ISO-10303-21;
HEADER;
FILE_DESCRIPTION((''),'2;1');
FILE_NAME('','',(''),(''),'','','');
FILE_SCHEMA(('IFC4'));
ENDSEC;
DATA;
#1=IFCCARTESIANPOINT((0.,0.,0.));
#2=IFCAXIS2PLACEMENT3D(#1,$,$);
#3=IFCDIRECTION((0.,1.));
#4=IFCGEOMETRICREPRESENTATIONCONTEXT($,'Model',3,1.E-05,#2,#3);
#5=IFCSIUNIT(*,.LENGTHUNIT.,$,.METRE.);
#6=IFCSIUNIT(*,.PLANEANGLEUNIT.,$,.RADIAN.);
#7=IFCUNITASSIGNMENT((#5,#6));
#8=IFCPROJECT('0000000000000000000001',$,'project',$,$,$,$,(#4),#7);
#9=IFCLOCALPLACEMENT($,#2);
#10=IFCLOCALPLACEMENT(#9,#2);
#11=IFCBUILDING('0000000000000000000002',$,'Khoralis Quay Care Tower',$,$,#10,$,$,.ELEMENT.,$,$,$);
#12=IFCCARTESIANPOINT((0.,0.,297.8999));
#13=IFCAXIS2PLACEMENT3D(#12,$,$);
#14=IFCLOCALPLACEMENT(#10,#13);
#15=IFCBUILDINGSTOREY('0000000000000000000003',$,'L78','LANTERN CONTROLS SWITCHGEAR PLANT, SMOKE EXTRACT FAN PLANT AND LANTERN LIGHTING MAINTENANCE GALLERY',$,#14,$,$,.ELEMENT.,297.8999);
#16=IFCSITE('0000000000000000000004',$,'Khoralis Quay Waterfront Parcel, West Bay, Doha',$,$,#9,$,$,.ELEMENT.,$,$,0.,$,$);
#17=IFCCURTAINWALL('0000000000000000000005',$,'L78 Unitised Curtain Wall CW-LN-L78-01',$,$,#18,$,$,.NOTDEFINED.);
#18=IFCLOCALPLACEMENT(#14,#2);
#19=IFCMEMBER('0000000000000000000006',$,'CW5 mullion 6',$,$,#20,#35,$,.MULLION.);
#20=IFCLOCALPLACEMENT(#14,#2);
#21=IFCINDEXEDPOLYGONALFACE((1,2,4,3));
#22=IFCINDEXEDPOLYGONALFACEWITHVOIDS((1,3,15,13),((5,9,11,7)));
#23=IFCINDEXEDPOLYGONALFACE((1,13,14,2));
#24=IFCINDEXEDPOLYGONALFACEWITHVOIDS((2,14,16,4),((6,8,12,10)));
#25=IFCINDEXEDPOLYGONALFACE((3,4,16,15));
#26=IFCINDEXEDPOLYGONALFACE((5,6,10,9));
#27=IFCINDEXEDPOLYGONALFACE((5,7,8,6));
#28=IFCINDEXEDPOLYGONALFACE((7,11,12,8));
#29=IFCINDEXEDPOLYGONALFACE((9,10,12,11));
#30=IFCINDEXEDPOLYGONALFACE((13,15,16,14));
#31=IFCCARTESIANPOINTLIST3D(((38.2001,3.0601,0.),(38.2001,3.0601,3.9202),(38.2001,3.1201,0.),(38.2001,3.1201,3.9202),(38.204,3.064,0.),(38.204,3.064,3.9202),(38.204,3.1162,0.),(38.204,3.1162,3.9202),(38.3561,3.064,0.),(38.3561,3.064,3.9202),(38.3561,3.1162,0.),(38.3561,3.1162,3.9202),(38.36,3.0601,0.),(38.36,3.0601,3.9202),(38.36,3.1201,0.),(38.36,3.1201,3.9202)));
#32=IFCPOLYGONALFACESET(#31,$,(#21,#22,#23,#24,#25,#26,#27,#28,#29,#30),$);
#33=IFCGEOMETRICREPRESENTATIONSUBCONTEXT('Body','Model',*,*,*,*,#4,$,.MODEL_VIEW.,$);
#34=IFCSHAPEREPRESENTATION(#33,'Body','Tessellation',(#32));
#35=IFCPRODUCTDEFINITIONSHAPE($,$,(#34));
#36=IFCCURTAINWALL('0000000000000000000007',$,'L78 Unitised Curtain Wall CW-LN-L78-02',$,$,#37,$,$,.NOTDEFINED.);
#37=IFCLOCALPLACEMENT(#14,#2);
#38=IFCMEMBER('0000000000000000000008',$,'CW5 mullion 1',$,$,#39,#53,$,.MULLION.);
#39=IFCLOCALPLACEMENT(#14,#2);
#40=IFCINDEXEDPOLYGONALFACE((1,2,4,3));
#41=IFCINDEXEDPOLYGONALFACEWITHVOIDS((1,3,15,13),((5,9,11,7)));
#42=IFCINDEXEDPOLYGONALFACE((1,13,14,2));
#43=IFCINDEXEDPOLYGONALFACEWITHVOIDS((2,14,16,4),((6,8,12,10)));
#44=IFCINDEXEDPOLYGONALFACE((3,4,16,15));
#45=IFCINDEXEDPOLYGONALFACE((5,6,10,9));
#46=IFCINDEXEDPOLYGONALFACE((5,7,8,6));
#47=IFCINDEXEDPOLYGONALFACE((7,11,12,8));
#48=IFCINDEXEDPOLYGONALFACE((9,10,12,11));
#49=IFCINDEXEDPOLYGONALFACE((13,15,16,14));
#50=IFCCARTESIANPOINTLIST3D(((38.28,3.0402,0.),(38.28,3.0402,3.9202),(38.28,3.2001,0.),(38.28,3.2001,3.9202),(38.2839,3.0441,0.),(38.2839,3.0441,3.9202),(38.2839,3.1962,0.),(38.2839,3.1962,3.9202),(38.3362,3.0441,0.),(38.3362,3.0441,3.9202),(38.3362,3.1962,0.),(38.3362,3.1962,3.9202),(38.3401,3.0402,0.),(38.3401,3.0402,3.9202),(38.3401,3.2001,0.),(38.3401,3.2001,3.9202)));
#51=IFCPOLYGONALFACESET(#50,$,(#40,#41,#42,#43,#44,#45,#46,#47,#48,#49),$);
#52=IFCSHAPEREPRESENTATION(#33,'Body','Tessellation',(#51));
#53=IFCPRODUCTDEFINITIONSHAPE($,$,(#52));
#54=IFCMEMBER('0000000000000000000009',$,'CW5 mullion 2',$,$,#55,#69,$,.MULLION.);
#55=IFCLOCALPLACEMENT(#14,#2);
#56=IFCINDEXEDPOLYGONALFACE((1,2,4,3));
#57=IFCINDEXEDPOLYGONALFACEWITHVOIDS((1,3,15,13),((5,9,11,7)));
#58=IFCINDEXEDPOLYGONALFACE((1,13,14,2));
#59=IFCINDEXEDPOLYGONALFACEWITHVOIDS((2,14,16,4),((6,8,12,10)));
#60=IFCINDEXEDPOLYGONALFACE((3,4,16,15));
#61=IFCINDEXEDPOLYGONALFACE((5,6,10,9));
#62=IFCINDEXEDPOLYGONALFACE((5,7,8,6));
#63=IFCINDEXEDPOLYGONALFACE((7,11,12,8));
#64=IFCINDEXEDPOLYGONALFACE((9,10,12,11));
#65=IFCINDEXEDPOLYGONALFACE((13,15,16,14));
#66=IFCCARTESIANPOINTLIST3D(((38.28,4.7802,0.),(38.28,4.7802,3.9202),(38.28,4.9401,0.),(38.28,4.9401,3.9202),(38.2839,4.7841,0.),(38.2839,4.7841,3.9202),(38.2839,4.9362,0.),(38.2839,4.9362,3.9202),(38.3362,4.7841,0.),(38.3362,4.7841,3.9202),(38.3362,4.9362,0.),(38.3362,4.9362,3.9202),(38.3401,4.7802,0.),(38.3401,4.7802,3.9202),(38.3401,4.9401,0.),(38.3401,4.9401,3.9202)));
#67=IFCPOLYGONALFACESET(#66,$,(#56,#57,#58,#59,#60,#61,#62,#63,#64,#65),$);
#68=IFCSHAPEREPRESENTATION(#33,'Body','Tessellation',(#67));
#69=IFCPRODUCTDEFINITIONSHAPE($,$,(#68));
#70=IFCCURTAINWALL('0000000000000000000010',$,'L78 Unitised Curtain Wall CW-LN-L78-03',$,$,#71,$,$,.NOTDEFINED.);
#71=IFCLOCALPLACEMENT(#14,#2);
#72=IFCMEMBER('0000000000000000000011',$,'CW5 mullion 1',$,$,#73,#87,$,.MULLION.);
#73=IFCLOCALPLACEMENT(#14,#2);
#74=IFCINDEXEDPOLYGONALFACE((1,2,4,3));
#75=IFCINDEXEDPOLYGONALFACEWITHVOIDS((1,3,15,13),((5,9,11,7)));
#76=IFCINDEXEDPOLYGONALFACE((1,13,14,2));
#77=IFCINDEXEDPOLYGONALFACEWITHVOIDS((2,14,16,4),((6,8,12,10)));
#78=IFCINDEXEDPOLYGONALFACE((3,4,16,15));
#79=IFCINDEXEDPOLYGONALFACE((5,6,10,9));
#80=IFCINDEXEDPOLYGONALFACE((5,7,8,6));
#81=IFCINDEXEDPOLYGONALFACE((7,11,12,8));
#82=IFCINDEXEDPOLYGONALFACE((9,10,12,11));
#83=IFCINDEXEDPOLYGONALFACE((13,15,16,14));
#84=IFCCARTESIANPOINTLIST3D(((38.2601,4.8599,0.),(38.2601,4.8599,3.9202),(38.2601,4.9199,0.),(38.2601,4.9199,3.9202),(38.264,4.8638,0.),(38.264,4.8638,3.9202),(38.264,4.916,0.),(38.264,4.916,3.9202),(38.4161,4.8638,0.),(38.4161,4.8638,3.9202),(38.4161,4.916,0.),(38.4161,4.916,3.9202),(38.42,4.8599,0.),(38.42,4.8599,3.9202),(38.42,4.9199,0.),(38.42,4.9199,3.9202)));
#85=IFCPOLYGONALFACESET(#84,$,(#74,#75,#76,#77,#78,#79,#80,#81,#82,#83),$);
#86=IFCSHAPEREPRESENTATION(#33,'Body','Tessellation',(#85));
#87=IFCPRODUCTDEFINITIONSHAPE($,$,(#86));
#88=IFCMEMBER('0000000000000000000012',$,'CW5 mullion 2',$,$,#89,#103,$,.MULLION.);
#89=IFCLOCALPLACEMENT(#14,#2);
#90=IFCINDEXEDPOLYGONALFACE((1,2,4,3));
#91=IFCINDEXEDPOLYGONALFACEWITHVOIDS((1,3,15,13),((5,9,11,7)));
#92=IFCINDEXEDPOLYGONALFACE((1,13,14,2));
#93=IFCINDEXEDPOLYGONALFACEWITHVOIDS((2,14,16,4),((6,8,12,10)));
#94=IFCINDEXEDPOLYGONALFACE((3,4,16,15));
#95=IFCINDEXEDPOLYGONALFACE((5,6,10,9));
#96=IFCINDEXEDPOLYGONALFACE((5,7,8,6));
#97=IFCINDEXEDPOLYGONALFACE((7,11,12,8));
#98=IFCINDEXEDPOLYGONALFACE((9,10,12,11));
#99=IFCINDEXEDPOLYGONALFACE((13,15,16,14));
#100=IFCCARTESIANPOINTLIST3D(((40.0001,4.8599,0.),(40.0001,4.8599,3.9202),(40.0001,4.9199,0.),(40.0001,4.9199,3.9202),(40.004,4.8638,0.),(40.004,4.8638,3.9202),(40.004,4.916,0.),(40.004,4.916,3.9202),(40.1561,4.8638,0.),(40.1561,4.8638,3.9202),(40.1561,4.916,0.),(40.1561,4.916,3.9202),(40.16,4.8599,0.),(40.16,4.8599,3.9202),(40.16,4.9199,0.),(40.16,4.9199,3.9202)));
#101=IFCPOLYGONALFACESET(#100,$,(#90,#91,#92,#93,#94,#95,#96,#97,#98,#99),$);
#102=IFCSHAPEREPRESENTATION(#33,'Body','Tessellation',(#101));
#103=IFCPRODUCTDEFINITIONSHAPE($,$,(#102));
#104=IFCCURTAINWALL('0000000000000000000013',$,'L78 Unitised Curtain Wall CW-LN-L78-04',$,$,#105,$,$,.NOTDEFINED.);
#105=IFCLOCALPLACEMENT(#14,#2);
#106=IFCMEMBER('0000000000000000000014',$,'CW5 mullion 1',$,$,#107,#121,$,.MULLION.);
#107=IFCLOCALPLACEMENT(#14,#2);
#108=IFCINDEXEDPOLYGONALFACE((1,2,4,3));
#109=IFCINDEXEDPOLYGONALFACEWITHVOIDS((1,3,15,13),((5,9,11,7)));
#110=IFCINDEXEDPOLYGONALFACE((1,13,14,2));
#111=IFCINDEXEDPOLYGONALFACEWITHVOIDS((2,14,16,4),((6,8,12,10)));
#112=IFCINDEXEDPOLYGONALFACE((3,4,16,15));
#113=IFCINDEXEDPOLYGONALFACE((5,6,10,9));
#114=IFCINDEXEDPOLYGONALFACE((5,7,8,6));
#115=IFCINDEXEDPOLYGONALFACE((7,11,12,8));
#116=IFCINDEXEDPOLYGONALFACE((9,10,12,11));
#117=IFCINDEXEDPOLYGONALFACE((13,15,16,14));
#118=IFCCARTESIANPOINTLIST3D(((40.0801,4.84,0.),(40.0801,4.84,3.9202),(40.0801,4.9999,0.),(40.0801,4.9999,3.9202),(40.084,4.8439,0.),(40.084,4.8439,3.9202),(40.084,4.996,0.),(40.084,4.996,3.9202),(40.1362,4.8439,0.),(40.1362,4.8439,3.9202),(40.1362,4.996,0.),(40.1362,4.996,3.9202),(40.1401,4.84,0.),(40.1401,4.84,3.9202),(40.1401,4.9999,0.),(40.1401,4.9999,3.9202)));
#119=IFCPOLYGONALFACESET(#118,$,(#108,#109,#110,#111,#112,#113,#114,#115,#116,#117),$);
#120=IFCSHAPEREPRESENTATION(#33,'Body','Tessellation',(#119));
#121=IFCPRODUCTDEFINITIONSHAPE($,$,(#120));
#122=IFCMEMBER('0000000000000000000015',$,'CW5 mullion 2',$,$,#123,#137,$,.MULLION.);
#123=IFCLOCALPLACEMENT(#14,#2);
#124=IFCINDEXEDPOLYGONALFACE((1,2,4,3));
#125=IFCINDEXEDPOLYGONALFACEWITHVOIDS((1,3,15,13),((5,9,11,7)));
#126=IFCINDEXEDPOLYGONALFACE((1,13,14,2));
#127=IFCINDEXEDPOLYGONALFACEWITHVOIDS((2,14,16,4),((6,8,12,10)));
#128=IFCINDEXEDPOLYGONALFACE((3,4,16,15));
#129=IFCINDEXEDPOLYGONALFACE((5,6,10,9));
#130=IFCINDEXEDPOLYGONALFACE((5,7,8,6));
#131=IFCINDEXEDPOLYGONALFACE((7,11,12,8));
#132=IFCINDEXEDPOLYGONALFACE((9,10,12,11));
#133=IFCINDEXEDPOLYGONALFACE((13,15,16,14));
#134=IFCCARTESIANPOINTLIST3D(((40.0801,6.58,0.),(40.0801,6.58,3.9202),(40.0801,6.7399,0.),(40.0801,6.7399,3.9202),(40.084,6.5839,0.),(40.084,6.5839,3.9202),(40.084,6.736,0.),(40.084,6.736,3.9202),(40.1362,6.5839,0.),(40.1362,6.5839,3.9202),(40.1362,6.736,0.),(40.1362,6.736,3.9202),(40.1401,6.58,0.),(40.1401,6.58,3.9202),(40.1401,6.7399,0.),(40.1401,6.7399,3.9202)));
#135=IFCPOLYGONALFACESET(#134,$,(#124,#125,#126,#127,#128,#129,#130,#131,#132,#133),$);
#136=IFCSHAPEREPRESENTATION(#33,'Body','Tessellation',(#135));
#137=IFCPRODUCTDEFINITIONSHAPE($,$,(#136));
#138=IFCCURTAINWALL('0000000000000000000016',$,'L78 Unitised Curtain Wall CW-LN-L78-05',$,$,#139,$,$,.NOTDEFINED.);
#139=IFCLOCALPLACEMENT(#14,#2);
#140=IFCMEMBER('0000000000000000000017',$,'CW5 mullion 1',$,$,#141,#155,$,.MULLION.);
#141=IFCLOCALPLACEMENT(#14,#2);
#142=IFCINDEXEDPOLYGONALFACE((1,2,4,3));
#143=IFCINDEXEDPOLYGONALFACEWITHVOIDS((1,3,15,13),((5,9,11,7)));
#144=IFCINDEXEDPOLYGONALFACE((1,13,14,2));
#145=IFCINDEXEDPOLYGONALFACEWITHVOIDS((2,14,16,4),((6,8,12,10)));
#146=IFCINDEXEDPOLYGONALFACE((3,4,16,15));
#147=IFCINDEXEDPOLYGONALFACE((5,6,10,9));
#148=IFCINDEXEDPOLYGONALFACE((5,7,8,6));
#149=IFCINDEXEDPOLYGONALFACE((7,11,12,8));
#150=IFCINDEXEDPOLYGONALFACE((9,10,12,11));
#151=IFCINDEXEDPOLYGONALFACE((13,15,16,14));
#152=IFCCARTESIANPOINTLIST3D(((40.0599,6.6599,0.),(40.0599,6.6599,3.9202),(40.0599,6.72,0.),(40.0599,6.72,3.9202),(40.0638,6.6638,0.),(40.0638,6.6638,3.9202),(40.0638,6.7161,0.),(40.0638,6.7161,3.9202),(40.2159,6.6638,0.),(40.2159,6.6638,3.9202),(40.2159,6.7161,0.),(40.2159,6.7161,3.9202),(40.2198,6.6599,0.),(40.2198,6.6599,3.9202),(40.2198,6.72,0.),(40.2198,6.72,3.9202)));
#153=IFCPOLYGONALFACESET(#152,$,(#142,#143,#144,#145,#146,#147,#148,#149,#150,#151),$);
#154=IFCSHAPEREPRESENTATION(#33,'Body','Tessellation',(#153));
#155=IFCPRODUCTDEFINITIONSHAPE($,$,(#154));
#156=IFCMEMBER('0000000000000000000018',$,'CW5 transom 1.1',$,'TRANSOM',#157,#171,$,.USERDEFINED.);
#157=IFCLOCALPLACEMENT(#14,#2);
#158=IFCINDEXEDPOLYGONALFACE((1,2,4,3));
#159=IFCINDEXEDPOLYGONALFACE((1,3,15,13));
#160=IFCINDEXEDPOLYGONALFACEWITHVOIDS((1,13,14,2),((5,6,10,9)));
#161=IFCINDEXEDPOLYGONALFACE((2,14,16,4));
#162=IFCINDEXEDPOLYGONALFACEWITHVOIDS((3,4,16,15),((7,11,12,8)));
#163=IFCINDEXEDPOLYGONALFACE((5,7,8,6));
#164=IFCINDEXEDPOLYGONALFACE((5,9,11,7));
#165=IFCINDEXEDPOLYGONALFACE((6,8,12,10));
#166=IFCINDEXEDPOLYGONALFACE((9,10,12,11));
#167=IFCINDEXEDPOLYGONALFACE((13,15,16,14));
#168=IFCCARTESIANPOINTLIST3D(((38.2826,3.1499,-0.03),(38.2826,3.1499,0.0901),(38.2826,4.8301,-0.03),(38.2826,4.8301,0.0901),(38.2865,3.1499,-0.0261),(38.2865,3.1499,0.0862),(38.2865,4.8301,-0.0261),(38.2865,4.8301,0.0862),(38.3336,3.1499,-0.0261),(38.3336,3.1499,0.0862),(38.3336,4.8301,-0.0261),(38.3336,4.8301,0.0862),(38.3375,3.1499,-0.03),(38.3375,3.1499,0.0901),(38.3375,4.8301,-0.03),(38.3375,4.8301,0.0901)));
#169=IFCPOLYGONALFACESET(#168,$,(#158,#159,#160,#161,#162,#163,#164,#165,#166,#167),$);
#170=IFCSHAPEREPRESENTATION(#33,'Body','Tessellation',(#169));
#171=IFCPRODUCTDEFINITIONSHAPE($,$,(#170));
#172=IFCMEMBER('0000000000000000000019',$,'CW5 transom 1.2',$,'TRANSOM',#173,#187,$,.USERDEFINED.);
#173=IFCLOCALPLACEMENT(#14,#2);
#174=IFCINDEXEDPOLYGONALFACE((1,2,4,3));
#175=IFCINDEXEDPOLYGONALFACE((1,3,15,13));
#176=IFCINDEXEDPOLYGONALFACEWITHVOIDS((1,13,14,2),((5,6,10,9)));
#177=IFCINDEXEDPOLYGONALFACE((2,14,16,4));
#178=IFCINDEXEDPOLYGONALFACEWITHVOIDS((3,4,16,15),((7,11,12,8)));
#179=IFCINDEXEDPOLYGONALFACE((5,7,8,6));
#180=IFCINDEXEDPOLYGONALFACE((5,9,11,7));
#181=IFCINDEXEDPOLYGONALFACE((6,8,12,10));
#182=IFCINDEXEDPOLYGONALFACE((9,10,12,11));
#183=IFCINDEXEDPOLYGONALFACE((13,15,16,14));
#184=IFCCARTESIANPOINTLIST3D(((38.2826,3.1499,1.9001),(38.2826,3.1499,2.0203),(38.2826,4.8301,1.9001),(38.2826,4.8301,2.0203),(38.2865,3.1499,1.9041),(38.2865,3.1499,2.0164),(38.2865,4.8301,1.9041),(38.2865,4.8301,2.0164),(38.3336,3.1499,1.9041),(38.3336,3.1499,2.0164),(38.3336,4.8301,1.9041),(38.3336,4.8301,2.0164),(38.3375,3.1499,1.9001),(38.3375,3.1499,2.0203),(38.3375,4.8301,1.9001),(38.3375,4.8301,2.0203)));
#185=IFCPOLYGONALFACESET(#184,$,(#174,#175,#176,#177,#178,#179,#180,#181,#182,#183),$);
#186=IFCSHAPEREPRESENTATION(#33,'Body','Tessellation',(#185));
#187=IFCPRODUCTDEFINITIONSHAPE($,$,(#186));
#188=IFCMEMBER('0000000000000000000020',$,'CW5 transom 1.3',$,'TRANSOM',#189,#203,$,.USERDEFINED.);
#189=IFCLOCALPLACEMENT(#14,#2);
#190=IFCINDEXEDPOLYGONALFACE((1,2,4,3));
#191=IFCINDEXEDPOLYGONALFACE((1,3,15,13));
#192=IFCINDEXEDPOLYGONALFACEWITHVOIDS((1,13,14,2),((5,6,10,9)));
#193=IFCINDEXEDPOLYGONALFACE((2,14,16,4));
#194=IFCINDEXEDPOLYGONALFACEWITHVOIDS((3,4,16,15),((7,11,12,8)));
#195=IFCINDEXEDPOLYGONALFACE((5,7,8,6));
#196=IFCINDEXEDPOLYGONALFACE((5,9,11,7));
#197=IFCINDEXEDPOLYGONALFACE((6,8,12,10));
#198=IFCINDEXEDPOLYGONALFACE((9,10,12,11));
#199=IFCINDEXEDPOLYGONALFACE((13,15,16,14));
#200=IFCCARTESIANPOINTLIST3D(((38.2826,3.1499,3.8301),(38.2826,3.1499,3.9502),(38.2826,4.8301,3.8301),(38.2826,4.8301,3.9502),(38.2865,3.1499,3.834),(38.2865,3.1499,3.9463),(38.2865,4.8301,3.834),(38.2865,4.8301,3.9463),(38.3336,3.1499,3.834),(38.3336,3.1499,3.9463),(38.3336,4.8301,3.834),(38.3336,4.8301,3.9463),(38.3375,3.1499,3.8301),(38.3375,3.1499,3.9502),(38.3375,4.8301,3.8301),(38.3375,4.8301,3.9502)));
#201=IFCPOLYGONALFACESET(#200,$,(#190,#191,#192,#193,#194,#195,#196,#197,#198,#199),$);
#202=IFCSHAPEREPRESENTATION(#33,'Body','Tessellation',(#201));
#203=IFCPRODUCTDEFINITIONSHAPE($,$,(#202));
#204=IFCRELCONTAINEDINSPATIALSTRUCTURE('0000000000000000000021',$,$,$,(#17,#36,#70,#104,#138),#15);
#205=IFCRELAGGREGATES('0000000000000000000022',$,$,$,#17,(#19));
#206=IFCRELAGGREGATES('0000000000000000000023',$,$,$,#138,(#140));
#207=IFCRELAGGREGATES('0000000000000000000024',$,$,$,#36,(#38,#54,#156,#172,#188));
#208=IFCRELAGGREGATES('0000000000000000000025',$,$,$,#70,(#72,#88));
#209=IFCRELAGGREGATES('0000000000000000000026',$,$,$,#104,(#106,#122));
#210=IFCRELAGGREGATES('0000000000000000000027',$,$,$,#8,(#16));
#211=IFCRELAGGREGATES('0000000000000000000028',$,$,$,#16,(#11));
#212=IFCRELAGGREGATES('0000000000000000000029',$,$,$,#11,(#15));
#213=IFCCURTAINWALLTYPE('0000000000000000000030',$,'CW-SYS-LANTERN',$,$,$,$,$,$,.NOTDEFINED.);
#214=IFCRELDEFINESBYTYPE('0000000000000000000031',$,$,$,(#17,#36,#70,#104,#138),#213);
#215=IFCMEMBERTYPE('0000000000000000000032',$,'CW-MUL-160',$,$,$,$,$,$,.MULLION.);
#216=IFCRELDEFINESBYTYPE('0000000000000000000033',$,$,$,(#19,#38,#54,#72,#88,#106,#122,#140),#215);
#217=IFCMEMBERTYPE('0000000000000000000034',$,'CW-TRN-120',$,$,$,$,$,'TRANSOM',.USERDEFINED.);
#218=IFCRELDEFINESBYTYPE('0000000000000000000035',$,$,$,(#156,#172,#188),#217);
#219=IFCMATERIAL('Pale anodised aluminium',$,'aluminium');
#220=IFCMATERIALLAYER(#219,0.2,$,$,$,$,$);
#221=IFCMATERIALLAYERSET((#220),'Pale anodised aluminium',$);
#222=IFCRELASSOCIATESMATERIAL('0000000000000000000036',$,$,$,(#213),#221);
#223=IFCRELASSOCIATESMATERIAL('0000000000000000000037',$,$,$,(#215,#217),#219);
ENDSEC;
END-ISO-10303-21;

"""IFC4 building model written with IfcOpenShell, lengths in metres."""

from ifc_helpers import new_model, si_unit, direction, frame, origin, origin_2d, place, context, subcontext, project, spatial, hollow_rectangle, extrude, source, transform, mapped, material, layer, layer_set, material_profile, profile_set, type_object, element, aggregate, save


model = new_model("IFC4")

# Units and contexts
model_context = context("Model", 3, precision=1e-05, world=origin(), true_north=direction((0.0, 1.0)))
body_context = subcontext(model_context, "Body", "Model", "MODEL_VIEW")
ifc_project = project(units=[si_unit("LENGTHUNIT", "METRE"), si_unit("PLANEANGLEUNIT", "RADIAN")], contexts=[model_context])

# Site, building, storey
site_placement = place(None, origin())
site = spatial("IfcSite", under=ifc_project, at=site_placement, Name="Khoralis Quay Waterfront Parcel, West Bay, Doha", CompositionType="ELEMENT", RefElevation=0.0)
building_placement = place(site_placement, origin())
building = spatial("IfcBuilding", under=site, at=building_placement, Name="Khoralis Quay Care Tower", CompositionType="ELEMENT")
storey_placement = place(building_placement, frame((0.0, 0.0, 297.8999)))
storey = spatial("IfcBuildingStorey", under=building, at=storey_placement, Name="L78", Description="LANTERN CONTROLS SWITCHGEAR PLANT, SMOKE EXTRACT FAN PLANT AND LANTERN LIGHTING MAINTENANCE GALLERY", CompositionType="ELEMENT", Elevation=297.8999)

# Curtain wall, member
ifc_material_1 = material(Name="Pale anodised aluminium", Category="aluminium")
ifc_layer_1 = layer(ifc_material_1, 0.2)
ifc_layer_set_1 = layer_set([ifc_layer_1], Name="Pale anodised aluminium")
curtain_wall_type = type_object("IfcCurtainWallType", Name="CW-SYS-LANTERN", PredefinedType="NOTDEFINED", material=ifc_layer_set_1)
curtain_wall_1_placement = place(storey_placement, origin())
curtain_wall_1 = element("IfcCurtainWall", 1, at=curtain_wall_1_placement, inside=storey, type_object=curtain_wall_type, Name="L78 Unitised Curtain Wall CW-LN-L78-01", PredefinedType="NOTDEFINED")
ifc_material_profile_1 = material_profile(ifc_material_1, hollow_rectangle(XDim=0.0601, YDim=0.1599, WallThickness=0.0039, at=origin_2d()), Name="Pale anodised aluminium")
ifc_profile_set_1 = profile_set([ifc_material_profile_1], Name="Pale anodised aluminium")
member_type_1 = type_object("IfcMemberType", Name="CW-MUL-160", PredefinedType="MULLION", material=ifc_profile_set_1)
shared_shape_1 = source(origin(), body_context, "Body", "SweptSolid", [
    extrude(hollow_rectangle(XDim=0.0601, YDim=0.1599, WallThickness=0.0039, at=origin_2d()), origin(), (0.0, 0.0, 1.0), 3.9202),
])
member_1_placement = place(storey_placement, frame((38.28, 3.0901, 0.0), z_axis=(0.0, 0.0, 1.0), x_axis=(0.0, 1.0, 0.0)))
member_1 = element("IfcMember", 2, at=member_1_placement, type_object=member_type_1, Name="CW5 mullion 6", PredefinedType="MULLION", context=body_context, shape_type="MappedRepresentation", body=[
    mapped(shared_shape_1, transform((0.0, 0.0, 0.0), scale=1.0)),
])
aggregate(curtain_wall_1, [member_1])

# Curtain walls, members
curtain_wall_2_placement = place(storey_placement, origin())
curtain_wall_2 = element("IfcCurtainWall", 3, at=curtain_wall_2_placement, inside=storey, type_object=curtain_wall_type, Name="L78 Unitised Curtain Wall CW-LN-L78-02", PredefinedType="NOTDEFINED")
member_2_placement = place(storey_placement, frame((38.3101, 3.1201, 0.0), z_axis=(0.0, 0.0, 1.0), x_axis=(-1.0, 0.0, 0.0)))
member_2 = element("IfcMember", 4, at=member_2_placement, type_object=member_type_1, Name="CW5 mullion 1", PredefinedType="MULLION", context=body_context, shape_type="MappedRepresentation", body=[
    mapped(shared_shape_1, transform((0.0, 0.0, 0.0), scale=1.0)),
])
member_3_placement = place(storey_placement, frame((38.3101, 4.8601, 0.0), z_axis=(0.0, 0.0, 1.0), x_axis=(-1.0, 0.0, 0.0)))
member_3 = element("IfcMember", 5, at=member_3_placement, type_object=member_type_1, Name="CW5 mullion 2", PredefinedType="MULLION", context=body_context, shape_type="MappedRepresentation", body=[
    mapped(shared_shape_1, transform((0.0, 0.0, 0.0), scale=1.0)),
])
curtain_wall_3_placement = place(storey_placement, origin())
curtain_wall_3 = element("IfcCurtainWall", 6, at=curtain_wall_3_placement, inside=storey, type_object=curtain_wall_type, Name="L78 Unitised Curtain Wall CW-LN-L78-03", PredefinedType="NOTDEFINED")
member_4_placement = place(storey_placement, frame((38.3401, 4.8899, 0.0), z_axis=(0.0, 0.0, 1.0), x_axis=(0.0, 1.0, 0.0)))
member_4 = element("IfcMember", 7, at=member_4_placement, type_object=member_type_1, Name="CW5 mullion 1", PredefinedType="MULLION", context=body_context, shape_type="MappedRepresentation", body=[
    mapped(shared_shape_1, transform((0.0, 0.0, 0.0), scale=1.0)),
])
member_5_placement = place(storey_placement, frame((40.0801, 4.8899, 0.0), z_axis=(0.0, 0.0, 1.0), x_axis=(0.0, 1.0, 0.0)))
member_5 = element("IfcMember", 8, at=member_5_placement, type_object=member_type_1, Name="CW5 mullion 2", PredefinedType="MULLION", context=body_context, shape_type="MappedRepresentation", body=[
    mapped(shared_shape_1, transform((0.0, 0.0, 0.0), scale=1.0)),
])
curtain_wall_4_placement = place(storey_placement, origin())
curtain_wall_4 = element("IfcCurtainWall", 9, at=curtain_wall_4_placement, inside=storey, type_object=curtain_wall_type, Name="L78 Unitised Curtain Wall CW-LN-L78-04", PredefinedType="NOTDEFINED")
member_6_placement = place(storey_placement, frame((40.1101, 4.9199, 0.0), z_axis=(0.0, 0.0, 1.0), x_axis=(-1.0, 0.0, 0.0)))
member_6 = element("IfcMember", 10, at=member_6_placement, type_object=member_type_1, Name="CW5 mullion 1", PredefinedType="MULLION", context=body_context, shape_type="MappedRepresentation", body=[
    mapped(shared_shape_1, transform((0.0, 0.0, 0.0), scale=1.0)),
])
member_7_placement = place(storey_placement, frame((40.1101, 6.6599, 0.0), z_axis=(0.0, 0.0, 1.0), x_axis=(-1.0, 0.0, 0.0)))
member_7 = element("IfcMember", 11, at=member_7_placement, type_object=member_type_1, Name="CW5 mullion 2", PredefinedType="MULLION", context=body_context, shape_type="MappedRepresentation", body=[
    mapped(shared_shape_1, transform((0.0, 0.0, 0.0), scale=1.0)),
])

# Curtain wall, member
curtain_wall_5_placement = place(storey_placement, origin())
curtain_wall_5 = element("IfcCurtainWall", 12, at=curtain_wall_5_placement, inside=storey, type_object=curtain_wall_type, Name="L78 Unitised Curtain Wall CW-LN-L78-05", PredefinedType="NOTDEFINED")
member_8_placement = place(storey_placement, frame((40.1399, 6.6899, 0.0), z_axis=(0.0, 0.0, 1.0), x_axis=(0.0, 1.0, 0.0)))
member_8 = element("IfcMember", 13, at=member_8_placement, type_object=member_type_1, Name="CW5 mullion 1", PredefinedType="MULLION", context=body_context, shape_type="MappedRepresentation", body=[
    mapped(shared_shape_1, transform((0.0, 0.0, 0.0), scale=1.0)),
])

# Members
ifc_material_profile_2 = material_profile(ifc_material_1, hollow_rectangle(XDim=0.0549, YDim=0.1201, WallThickness=0.0039, at=origin_2d()), Name="Pale anodised aluminium")
ifc_profile_set_2 = profile_set([ifc_material_profile_2], Name="Pale anodised aluminium")
member_type_2 = type_object("IfcMemberType", Name="CW-TRN-120", ElementType="TRANSOM", PredefinedType="USERDEFINED", material=ifc_profile_set_2)
shared_shape_2 = source(origin(), body_context, "Body", "SweptSolid", [
    extrude(hollow_rectangle(XDim=0.0549, YDim=0.1201, WallThickness=0.0039, at=origin_2d()), origin(), (0.0, 0.0, 1.0), 1.6802),
])
member_9_placement = place(storey_placement, frame((38.3101, 3.1499, 0.03), z_axis=(0.0, 1.0, 0.0), x_axis=(-1.0, 0.0, 0.0)))
member_9 = element("IfcMember", 14, at=member_9_placement, type_object=member_type_2, Name="CW5 transom 1.1", ObjectType="TRANSOM", PredefinedType="USERDEFINED", context=body_context, shape_type="MappedRepresentation", body=[
    mapped(shared_shape_2, transform((0.0, 0.0, 0.0), scale=1.0)),
])
member_10_placement = place(storey_placement, frame((38.3101, 3.1499, 1.9602), z_axis=(0.0, 1.0, 0.0), x_axis=(-1.0, 0.0, 0.0)))
member_10 = element("IfcMember", 15, at=member_10_placement, type_object=member_type_2, Name="CW5 transom 1.2", ObjectType="TRANSOM", PredefinedType="USERDEFINED", context=body_context, shape_type="MappedRepresentation", body=[
    mapped(shared_shape_2, transform((0.0, 0.0, 0.0), scale=1.0)),
])
member_11_placement = place(storey_placement, frame((38.3101, 3.1499, 3.8901), z_axis=(0.0, 1.0, 0.0), x_axis=(-1.0, 0.0, 0.0)))
member_11 = element("IfcMember", 16, at=member_11_placement, type_object=member_type_2, Name="CW5 transom 1.3", ObjectType="TRANSOM", PredefinedType="USERDEFINED", context=body_context, shape_type="MappedRepresentation", body=[
    mapped(shared_shape_2, transform((0.0, 0.0, 0.0), scale=1.0)),
])
aggregate(curtain_wall_5, [member_8])

aggregate(curtain_wall_2, [member_2, member_3, member_9, member_10, member_11])
aggregate(curtain_wall_3, [member_4, member_5])
aggregate(curtain_wall_4, [member_6, member_7])

save(model, "model.ifc")
